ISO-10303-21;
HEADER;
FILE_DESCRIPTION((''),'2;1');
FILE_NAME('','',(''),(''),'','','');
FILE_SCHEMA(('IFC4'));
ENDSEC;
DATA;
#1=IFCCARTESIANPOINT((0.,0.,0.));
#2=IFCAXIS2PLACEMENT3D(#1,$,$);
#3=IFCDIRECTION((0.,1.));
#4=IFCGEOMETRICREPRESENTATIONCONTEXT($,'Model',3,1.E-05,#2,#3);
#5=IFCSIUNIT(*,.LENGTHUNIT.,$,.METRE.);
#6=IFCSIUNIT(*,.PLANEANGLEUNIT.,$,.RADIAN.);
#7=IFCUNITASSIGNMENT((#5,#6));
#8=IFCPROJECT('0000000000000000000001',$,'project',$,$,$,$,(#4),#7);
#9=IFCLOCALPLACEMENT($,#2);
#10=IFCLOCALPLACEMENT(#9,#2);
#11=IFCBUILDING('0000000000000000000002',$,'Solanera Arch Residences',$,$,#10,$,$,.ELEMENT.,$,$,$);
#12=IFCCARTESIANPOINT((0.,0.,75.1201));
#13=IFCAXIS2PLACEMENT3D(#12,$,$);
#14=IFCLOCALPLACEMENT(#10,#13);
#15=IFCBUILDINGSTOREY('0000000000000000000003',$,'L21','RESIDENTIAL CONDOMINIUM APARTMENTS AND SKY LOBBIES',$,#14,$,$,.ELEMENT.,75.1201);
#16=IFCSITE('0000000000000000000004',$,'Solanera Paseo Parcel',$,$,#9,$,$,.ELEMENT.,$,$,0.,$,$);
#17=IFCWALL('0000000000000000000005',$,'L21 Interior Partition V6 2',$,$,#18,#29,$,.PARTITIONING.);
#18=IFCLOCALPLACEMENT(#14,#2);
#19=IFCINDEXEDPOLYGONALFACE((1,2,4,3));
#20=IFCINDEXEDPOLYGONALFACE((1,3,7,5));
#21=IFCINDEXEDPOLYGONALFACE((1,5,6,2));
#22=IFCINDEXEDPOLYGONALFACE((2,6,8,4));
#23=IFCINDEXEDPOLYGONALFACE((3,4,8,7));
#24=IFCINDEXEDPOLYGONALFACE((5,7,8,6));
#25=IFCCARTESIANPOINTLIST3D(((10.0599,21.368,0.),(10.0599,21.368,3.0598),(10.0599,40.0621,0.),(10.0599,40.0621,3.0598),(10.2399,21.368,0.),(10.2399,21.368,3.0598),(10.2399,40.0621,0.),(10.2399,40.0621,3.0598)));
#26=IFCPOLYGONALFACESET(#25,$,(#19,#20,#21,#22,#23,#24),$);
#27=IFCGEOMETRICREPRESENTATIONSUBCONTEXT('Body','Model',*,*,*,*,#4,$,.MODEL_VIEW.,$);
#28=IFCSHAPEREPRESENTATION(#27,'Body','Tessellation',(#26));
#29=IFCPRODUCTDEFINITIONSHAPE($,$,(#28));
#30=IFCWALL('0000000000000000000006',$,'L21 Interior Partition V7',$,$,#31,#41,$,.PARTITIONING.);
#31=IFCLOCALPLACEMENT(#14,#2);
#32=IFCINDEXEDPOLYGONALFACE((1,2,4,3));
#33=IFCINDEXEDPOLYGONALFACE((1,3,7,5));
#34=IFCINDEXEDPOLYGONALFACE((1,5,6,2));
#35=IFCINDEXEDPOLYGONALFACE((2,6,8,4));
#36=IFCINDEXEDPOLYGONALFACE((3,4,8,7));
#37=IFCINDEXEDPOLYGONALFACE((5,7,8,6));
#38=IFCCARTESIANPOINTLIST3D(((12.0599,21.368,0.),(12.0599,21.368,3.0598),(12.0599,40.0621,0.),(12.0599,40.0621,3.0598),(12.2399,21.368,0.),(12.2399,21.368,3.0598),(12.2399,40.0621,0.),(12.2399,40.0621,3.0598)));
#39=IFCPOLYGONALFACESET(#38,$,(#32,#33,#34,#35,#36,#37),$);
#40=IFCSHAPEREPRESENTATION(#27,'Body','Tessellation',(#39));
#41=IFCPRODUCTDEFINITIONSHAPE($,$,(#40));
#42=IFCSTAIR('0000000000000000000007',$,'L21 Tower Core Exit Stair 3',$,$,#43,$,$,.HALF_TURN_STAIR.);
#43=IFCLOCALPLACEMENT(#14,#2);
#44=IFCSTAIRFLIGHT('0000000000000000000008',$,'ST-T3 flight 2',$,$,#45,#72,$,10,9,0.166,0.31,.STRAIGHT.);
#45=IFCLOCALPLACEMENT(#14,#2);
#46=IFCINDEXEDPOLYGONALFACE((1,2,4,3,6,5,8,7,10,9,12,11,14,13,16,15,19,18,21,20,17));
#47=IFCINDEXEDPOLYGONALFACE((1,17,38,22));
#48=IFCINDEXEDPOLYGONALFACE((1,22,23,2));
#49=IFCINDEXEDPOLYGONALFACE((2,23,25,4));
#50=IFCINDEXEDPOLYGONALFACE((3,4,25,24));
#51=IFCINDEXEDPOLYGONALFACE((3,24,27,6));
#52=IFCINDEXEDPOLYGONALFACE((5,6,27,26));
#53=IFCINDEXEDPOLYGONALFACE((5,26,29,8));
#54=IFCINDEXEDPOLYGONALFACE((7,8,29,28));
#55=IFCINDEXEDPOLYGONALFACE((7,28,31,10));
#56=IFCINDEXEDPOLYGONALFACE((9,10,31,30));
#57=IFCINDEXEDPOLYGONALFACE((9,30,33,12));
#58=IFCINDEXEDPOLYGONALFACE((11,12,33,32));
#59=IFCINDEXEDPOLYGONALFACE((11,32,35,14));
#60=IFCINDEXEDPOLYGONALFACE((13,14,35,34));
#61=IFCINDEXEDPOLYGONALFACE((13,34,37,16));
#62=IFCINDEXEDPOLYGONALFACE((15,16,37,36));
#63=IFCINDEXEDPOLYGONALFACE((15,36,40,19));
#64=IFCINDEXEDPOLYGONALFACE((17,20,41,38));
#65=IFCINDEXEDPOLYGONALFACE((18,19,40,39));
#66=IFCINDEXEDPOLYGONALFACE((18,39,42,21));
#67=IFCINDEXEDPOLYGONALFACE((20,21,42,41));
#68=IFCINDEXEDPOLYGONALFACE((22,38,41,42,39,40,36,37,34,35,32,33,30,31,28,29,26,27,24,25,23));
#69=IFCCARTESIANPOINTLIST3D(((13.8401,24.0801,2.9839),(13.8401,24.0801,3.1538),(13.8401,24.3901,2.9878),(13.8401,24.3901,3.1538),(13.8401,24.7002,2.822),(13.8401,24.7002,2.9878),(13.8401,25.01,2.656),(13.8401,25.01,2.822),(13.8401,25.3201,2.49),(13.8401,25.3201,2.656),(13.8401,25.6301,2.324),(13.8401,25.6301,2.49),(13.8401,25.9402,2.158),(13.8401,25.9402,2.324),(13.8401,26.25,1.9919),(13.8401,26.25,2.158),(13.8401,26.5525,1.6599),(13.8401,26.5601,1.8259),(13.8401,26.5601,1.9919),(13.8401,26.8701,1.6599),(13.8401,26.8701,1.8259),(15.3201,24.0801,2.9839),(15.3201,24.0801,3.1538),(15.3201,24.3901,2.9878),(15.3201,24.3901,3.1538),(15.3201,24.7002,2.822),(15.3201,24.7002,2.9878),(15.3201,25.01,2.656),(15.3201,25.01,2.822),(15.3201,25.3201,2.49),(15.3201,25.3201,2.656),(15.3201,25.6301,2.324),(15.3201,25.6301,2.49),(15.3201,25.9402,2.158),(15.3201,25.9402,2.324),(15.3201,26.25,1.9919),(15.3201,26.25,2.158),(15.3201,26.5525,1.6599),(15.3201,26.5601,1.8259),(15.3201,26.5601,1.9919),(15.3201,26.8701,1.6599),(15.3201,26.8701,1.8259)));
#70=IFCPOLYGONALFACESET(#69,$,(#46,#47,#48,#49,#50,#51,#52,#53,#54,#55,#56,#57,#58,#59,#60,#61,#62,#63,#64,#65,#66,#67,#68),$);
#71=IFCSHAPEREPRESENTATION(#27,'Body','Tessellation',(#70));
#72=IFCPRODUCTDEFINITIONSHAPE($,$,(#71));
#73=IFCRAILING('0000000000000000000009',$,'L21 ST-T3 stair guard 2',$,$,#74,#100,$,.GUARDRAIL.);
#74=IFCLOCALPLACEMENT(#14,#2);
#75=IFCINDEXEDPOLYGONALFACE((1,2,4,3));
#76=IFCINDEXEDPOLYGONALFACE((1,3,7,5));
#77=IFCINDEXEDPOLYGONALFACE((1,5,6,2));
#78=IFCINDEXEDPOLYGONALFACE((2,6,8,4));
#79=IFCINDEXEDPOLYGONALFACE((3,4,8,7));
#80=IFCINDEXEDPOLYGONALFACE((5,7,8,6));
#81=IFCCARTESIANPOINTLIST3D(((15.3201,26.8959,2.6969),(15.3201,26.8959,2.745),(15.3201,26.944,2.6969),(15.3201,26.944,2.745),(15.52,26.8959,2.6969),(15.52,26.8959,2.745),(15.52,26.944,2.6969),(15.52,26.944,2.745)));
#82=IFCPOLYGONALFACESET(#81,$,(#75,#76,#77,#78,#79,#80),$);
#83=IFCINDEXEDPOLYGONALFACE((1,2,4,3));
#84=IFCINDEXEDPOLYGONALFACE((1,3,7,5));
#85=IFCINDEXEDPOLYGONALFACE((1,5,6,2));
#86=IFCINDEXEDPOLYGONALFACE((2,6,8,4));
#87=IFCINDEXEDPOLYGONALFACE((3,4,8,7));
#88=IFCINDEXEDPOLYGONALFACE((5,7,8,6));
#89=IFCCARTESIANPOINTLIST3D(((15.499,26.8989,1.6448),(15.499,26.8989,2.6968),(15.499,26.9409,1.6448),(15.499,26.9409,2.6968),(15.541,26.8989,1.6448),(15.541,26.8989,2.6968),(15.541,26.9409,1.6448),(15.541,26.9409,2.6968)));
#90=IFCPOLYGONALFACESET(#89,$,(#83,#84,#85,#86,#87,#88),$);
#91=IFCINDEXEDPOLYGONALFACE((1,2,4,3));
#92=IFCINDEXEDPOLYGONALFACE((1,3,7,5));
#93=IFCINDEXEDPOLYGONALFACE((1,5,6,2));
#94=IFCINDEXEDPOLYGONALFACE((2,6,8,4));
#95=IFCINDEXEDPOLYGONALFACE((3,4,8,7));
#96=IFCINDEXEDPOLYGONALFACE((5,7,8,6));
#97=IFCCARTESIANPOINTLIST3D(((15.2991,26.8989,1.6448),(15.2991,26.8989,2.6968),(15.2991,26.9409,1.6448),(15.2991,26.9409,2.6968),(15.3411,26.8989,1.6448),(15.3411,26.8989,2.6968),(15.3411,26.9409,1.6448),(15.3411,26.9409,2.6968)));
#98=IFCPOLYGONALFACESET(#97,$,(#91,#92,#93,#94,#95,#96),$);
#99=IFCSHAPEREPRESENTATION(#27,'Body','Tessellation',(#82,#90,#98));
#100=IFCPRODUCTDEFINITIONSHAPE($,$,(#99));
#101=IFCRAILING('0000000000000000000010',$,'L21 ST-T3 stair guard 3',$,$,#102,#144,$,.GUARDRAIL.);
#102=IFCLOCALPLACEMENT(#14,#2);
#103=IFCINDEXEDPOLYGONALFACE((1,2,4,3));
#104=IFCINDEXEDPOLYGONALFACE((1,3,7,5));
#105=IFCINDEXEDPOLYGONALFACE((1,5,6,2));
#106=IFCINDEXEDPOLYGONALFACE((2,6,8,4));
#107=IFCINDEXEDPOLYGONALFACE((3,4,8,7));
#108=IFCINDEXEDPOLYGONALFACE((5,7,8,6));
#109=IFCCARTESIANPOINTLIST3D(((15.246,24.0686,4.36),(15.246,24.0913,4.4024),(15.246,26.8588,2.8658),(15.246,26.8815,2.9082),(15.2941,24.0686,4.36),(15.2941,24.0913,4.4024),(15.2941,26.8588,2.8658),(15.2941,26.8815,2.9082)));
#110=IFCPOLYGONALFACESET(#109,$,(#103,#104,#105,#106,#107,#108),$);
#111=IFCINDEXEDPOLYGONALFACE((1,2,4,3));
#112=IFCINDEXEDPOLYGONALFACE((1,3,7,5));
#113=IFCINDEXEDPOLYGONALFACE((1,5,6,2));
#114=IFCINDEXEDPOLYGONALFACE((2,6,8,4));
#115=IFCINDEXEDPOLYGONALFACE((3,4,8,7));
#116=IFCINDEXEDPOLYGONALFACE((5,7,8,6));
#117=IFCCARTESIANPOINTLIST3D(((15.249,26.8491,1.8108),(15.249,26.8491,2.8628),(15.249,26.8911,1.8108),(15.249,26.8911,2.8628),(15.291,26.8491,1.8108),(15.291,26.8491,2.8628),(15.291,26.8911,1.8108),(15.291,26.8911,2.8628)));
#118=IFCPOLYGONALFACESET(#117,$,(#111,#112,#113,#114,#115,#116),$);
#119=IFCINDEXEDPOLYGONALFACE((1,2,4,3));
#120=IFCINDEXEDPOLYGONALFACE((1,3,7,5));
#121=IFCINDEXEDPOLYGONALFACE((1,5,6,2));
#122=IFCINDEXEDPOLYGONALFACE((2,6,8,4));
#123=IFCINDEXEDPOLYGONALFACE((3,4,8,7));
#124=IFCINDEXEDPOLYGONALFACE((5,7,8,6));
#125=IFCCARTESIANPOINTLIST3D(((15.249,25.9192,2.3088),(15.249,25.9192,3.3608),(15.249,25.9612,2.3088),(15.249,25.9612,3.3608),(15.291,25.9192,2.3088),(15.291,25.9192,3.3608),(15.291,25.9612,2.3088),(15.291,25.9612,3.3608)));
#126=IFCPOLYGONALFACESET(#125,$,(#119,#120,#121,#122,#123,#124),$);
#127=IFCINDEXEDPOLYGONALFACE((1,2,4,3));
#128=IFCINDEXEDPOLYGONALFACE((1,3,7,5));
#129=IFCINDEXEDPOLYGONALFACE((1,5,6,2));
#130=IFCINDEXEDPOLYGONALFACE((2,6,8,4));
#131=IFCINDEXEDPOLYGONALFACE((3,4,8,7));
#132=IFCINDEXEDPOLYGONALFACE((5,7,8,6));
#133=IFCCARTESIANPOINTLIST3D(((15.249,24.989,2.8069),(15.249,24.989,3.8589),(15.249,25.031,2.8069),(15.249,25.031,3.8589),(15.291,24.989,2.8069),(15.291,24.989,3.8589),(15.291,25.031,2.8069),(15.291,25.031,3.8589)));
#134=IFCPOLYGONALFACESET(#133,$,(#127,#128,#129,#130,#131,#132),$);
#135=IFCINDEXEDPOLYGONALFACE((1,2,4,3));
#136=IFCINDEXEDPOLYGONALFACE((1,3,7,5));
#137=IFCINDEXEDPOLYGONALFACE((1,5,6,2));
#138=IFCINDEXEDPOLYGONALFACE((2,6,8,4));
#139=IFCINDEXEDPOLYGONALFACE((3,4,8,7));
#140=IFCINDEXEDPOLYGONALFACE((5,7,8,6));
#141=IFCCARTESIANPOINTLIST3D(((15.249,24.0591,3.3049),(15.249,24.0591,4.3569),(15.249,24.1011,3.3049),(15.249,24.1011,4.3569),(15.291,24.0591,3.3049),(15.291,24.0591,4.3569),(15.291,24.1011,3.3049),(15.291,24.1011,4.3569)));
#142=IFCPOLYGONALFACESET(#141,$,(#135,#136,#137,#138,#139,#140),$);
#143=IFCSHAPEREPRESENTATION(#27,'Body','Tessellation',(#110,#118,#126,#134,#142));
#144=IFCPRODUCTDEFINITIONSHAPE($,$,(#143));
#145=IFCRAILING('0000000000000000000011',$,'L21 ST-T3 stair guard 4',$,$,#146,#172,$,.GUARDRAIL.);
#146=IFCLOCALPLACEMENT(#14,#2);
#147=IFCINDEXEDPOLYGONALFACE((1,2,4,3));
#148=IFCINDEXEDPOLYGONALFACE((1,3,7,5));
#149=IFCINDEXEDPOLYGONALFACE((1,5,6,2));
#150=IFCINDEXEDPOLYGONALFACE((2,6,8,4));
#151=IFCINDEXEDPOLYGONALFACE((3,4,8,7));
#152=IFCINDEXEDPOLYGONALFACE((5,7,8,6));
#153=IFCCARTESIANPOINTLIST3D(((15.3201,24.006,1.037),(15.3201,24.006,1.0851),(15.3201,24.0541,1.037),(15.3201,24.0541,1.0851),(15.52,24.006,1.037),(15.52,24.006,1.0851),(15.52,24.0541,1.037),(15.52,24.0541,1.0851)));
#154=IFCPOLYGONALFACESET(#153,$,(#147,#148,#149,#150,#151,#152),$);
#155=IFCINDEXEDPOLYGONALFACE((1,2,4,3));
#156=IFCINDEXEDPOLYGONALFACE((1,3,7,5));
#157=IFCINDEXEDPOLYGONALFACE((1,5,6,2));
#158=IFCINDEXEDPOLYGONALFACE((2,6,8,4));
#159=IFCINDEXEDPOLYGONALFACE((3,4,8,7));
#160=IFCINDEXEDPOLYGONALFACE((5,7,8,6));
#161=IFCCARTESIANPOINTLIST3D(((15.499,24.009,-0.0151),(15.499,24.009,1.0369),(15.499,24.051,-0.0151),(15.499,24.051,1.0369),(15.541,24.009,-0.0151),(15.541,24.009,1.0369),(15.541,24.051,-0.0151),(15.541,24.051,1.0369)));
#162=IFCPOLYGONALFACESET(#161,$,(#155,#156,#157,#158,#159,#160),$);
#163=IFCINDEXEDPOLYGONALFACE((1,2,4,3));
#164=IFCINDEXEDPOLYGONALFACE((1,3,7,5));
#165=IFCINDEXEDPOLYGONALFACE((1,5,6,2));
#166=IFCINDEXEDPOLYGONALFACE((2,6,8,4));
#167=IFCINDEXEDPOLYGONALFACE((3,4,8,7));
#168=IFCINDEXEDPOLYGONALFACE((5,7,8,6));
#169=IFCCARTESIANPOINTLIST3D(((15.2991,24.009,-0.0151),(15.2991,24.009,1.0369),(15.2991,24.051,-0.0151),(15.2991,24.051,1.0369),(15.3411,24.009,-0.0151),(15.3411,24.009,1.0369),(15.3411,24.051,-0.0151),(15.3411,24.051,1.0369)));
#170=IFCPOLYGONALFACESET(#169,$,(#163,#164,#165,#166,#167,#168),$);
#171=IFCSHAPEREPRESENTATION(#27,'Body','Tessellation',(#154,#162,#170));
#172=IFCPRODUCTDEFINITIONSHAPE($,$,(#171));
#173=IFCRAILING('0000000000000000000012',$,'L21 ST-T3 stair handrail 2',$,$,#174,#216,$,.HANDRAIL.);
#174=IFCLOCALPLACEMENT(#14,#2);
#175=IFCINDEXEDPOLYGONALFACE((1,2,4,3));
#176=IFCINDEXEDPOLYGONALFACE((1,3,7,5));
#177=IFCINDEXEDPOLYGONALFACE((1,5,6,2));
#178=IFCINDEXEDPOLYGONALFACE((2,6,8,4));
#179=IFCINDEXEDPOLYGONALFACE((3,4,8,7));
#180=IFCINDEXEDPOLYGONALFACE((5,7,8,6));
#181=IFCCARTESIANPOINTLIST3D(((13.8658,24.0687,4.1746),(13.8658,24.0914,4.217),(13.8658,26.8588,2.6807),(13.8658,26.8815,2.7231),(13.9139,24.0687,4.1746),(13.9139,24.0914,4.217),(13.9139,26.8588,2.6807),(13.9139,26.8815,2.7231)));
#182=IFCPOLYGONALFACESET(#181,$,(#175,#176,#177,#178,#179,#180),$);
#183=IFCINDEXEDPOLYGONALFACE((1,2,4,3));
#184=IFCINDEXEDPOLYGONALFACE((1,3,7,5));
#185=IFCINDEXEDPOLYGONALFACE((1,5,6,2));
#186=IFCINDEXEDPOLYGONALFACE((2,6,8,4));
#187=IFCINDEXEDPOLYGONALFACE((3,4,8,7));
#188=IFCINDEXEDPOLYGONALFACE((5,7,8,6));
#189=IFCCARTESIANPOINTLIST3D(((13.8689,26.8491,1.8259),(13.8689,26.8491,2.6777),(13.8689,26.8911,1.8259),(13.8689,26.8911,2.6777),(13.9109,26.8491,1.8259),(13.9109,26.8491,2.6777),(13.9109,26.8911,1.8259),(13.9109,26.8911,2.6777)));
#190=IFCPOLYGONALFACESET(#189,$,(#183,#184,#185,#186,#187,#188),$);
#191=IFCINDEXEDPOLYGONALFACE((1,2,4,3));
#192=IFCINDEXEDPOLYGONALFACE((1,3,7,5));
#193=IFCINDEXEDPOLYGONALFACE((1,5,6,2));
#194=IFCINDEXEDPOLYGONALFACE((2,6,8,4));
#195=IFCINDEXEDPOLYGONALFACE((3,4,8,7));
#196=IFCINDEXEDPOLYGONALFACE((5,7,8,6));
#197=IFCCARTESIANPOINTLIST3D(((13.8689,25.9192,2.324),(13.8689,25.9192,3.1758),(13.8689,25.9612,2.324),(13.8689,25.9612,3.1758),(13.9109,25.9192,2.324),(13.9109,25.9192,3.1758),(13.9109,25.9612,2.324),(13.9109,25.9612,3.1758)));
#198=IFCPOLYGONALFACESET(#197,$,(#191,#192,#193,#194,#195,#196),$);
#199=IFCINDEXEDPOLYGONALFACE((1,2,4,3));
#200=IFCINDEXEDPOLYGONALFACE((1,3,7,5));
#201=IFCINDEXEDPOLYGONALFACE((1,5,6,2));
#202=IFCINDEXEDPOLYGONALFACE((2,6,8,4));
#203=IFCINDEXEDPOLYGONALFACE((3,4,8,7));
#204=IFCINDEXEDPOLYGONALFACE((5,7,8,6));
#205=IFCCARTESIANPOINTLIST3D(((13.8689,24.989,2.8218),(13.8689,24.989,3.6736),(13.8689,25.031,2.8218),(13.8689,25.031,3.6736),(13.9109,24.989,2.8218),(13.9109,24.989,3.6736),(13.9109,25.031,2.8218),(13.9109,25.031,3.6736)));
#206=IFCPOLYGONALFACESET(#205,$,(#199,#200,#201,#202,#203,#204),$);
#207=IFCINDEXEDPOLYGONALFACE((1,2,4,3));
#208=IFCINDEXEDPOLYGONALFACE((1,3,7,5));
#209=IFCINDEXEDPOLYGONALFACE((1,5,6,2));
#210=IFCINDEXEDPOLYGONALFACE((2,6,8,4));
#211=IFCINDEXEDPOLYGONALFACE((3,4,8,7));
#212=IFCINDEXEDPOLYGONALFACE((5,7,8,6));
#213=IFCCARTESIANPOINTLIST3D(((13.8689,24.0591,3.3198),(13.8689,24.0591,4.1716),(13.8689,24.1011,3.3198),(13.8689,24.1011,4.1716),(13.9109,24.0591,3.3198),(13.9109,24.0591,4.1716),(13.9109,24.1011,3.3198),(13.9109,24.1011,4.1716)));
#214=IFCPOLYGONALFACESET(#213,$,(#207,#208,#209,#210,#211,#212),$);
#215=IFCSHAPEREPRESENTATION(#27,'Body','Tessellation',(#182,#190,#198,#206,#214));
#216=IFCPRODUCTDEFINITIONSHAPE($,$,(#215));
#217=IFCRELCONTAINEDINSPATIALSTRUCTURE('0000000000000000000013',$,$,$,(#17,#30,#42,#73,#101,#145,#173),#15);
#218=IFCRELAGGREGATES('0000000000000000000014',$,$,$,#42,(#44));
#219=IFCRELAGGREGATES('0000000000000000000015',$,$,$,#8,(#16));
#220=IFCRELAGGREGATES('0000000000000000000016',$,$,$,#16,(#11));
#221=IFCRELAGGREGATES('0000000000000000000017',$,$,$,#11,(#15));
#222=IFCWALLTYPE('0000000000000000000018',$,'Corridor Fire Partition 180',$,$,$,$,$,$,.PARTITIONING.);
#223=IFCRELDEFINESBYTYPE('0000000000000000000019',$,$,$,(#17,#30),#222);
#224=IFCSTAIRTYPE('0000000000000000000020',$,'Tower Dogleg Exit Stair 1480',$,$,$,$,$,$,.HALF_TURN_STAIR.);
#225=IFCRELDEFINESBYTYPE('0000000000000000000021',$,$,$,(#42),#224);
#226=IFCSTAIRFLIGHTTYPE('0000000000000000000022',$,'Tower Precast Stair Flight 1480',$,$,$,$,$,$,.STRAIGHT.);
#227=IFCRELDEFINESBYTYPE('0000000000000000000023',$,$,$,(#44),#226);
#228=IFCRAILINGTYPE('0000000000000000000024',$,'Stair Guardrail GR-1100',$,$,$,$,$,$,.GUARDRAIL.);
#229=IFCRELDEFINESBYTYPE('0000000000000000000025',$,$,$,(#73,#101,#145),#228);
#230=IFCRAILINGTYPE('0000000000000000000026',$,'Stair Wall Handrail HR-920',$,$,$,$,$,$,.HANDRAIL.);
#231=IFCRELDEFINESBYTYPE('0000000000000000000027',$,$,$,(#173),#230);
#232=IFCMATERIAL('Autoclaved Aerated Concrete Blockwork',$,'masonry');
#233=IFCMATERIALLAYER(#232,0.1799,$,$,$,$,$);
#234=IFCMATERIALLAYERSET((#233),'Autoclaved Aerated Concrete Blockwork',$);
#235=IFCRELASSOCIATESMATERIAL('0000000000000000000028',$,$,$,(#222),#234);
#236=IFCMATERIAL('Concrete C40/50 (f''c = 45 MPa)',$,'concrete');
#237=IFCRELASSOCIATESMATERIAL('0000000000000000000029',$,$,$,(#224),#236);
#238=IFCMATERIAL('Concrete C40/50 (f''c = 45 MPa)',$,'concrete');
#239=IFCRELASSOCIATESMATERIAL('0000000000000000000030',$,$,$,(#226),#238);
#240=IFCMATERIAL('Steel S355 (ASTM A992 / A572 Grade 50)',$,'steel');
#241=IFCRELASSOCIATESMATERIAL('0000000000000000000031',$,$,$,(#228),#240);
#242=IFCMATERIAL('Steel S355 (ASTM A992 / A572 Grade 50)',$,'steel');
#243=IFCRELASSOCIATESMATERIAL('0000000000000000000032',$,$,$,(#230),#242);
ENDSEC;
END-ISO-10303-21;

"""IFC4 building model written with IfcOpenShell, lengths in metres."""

from ifc_helpers import new_model, si_unit, direction, frame, frame_2d, origin, origin_2d, place, context, subcontext, project, spatial, polyline, rectangle, outline, extrude, material, layer, layer_set, type_object, element, aggregate, save


model = new_model("IFC4")

# Units and contexts
model_context = context("Model", 3, precision=1e-05, world=origin(), true_north=direction((0.0, 1.0)))
body_context = subcontext(model_context, "Body", "Model", "MODEL_VIEW")
ifc_project = project(units=[si_unit("LENGTHUNIT", "METRE"), si_unit("PLANEANGLEUNIT", "RADIAN")], contexts=[model_context])

# Site, building, storey
site_placement = place(None, origin())
site = spatial("IfcSite", under=ifc_project, at=site_placement, Name="Solanera Paseo Parcel", CompositionType="ELEMENT", RefElevation=0.0)
building_placement = place(site_placement, origin())
building = spatial("IfcBuilding", under=site, at=building_placement, Name="Solanera Arch Residences", CompositionType="ELEMENT")
storey_placement = place(building_placement, frame((0.0, 0.0, 75.1201)))
storey = spatial("IfcBuildingStorey", under=building, at=storey_placement, Name="L21", Description="RESIDENTIAL CONDOMINIUM APARTMENTS AND SKY LOBBIES", CompositionType="ELEMENT", Elevation=75.1201)

# Walls
ifc_material_1 = material(Name="Autoclaved Aerated Concrete Blockwork", Category="masonry")
ifc_layer_1 = layer(ifc_material_1, 0.1799)
ifc_layer_set_1 = layer_set([ifc_layer_1], Name="Autoclaved Aerated Concrete Blockwork")
wall_type_1 = type_object("IfcWallType", Name="Corridor Fire Partition 180", PredefinedType="PARTITIONING", material=ifc_layer_set_1)
for number, where, z_axis, x_axis, name in (
    (1, (10.1499, 21.3679, 0.0), (0.0, 0.0, 1.0), (0.0, 1.0, 0.0), "L21 Interior Partition V6 2"),
    (2, (12.1499, 21.3679, 0.0), (0.0, 0.0, 1.0), (0.0, 1.0, 0.0), "L21 Interior Partition V7"),
):
    element("IfcWall", number, at=place(storey_placement, frame(where, z_axis=z_axis, x_axis=x_axis)), inside=storey, type_object=wall_type_1, Name=name, PredefinedType="PARTITIONING", context=body_context, shape_type="SweptSolid", body=[
        extrude(rectangle(XDim=18.6941, YDim=0.1799, at=frame_2d((9.3472, 0.0))), origin(), (0.0, 0.0, 1.0), 3.0598),
    ])

# Stair, stair flight
ifc_material_2 = material(Name="Concrete C40/50 (f'c = 45 MPa)", Category="concrete")
stair_type = type_object("IfcStairType", Name="Tower Dogleg Exit Stair 1480", PredefinedType="HALF_TURN_STAIR", material=ifc_material_2)
stair_placement = place(storey_placement, origin())
stair = element("IfcStair", 3, at=stair_placement, inside=storey, type_object=stair_type, Name="L21 Tower Core Exit Stair 3", PredefinedType="HALF_TURN_STAIR")
ifc_material_3 = material(Name="Concrete C40/50 (f'c = 45 MPa)", Category="concrete")
stair_flight_type = type_object("IfcStairFlightType", Name="Tower Precast Stair Flight 1480", PredefinedType="STRAIGHT", material=ifc_material_3)
stair_flight_placement = place(storey_placement, frame((14.5801, 26.8701, 1.6599), z_axis=(0.0, 0.0, 1.0), x_axis=(0.0, -1.0, 0.0)))
stair_flight = element("IfcStairFlight", 4, at=stair_flight_placement, type_object=stair_flight_type, Name="ST-T3 flight 2", NumberOfRisers=10, NumberOfTreads=9, PredefinedType="STRAIGHT", RiserHeight=0.166, TreadLength=0.31, context=body_context, shape_type="SweptSolid", body=[
    extrude(outline(polyline([(0.0, 0.0), (0.0, 0.166), (0.3101, 0.166), (0.3101, 0.332), (0.6201, 0.332), (0.6201, 0.498), (0.9299, 0.498), (0.9299, 0.6641), (1.24, 0.6641), (1.24, 0.8301), (1.55, 0.8301), (1.55, 0.9961), (1.8601, 0.9961), (1.8601, 1.1621), (2.1699, 1.1621), (2.1699, 1.3279), (2.48, 1.3279), (2.48, 1.4939), (2.79, 1.4939), (2.79, 1.6599), (2.79, 1.324), (0.3176, 0.0), (0.0, 0.0)])), frame((0.0, 0.74, 0.0), z_axis=(0.0, -1.0, 0.0), x_axis=(1.0, 0.0, 0.0)), (0.0, 0.0, 1.0), 1.48),
])
aggregate(stair, [stair_flight])

# Railings
ifc_material_4 = material(Name="Steel S355 (ASTM A992 / A572 Grade 50)", Category="steel")
railing_type_1 = type_object("IfcRailingType", Name="Stair Guardrail GR-1100", PredefinedType="GUARDRAIL", material=ifc_material_4)
railing_1_placement = place(storey_placement, frame((15.52, 26.9199, 1.6448)))
element("IfcRailing", 5, at=railing_1_placement, inside=storey, type_object=railing_type_1, Name="L21 ST-T3 stair guard 2", PredefinedType="GUARDRAIL", context=body_context, shape_type="SweptSolid", body=[
    extrude(rectangle(XDim=0.0481, YDim=0.0481, at=origin_2d()), frame((0.0, 0.0, 1.0762), z_axis=(-1.0, 0.0, 0.0), x_axis=(0.0, -1.0, 0.0)), (0.0, 0.0, 1.0), 0.2),
    extrude(rectangle(XDim=0.042, YDim=0.042, at=origin_2d()), origin(), (0.0, 0.0, 1.0), 1.052),
    extrude(rectangle(XDim=0.042, YDim=0.042, at=origin_2d()), frame((-0.2, 0.0, 0.0)), (0.0, 0.0, 1.0), 1.052),
])
railing_2_placement = place(storey_placement, frame((15.27, 26.8701, 1.8108)))
element("IfcRailing", 6, at=railing_2_placement, inside=storey, type_object=railing_type_1, Name="L21 ST-T3 stair guard 3", PredefinedType="GUARDRAIL", context=body_context, shape_type="SweptSolid", body=[
    extrude(rectangle(XDim=0.0481, YDim=0.0481, at=origin_2d()), frame((0.0, 0.0, 1.0762), z_axis=(0.0, -0.881549, 0.472093), x_axis=(1.0, 0.0, 0.0)), (0.0, 0.0, 1.0), 3.165),
    extrude(rectangle(XDim=0.042, YDim=0.042, at=origin_2d()), origin(), (0.0, 0.0, 1.0), 1.052),
    extrude(rectangle(XDim=0.042, YDim=0.042, at=origin_2d()), frame((0.0, -0.9299, 0.498)), (0.0, 0.0, 1.0), 1.052),
    extrude(rectangle(XDim=0.042, YDim=0.042, at=origin_2d()), frame((0.0, -1.8601, 0.9961)), (0.0, 0.0, 1.0), 1.052),
    extrude(rectangle(XDim=0.042, YDim=0.042, at=origin_2d()), frame((0.0, -2.79, 1.4941)), (0.0, 0.0, 1.0), 1.052),
])
railing_3_placement = place(storey_placement, frame((15.52, 24.03, -0.0151)))
element("IfcRailing", 7, at=railing_3_placement, inside=storey, type_object=railing_type_1, Name="L21 ST-T3 stair guard 4", PredefinedType="GUARDRAIL", context=body_context, shape_type="SweptSolid", body=[
    extrude(rectangle(XDim=0.0481, YDim=0.0481, at=origin_2d()), frame((0.0, 0.0, 1.0762), z_axis=(-1.0, 0.0, 0.0), x_axis=(0.0, -1.0, 0.0)), (0.0, 0.0, 1.0), 0.2),
    extrude(rectangle(XDim=0.042, YDim=0.042, at=origin_2d()), origin(), (0.0, 0.0, 1.0), 1.052),
    extrude(rectangle(XDim=0.042, YDim=0.042, at=origin_2d()), frame((-0.2, 0.0, 0.0)), (0.0, 0.0, 1.0), 1.052),
])
ifc_material_5 = material(Name="Steel S355 (ASTM A992 / A572 Grade 50)", Category="steel")
railing_type_2 = type_object("IfcRailingType", Name="Stair Wall Handrail HR-920", PredefinedType="HANDRAIL", material=ifc_material_5)
railing_4_placement = place(storey_placement, frame((13.8899, 26.8701, 1.8259)))
element("IfcRailing", 8, at=railing_4_placement, inside=storey, type_object=railing_type_2, Name="L21 ST-T3 stair handrail 2", PredefinedType="HANDRAIL", context=body_context, shape_type="SweptSolid", body=[
    extrude(rectangle(XDim=0.0481, YDim=0.0481, at=origin_2d()), frame((0.0, 0.0, 0.876), z_axis=(0.0, -0.881581, 0.472033), x_axis=(1.0, 0.0, 0.0)), (0.0, 0.0, 1.0), 3.1648),
    extrude(rectangle(XDim=0.042, YDim=0.042, at=origin_2d()), origin(), (0.0, 0.0, 1.0), 0.8518),
    extrude(rectangle(XDim=0.042, YDim=0.042, at=origin_2d()), frame((0.0, -0.9299, 0.498)), (0.0, 0.0, 1.0), 0.8518),
    extrude(rectangle(XDim=0.042, YDim=0.042, at=origin_2d()), frame((0.0, -1.8601, 0.9958)), (0.0, 0.0, 1.0), 0.8518),
    extrude(rectangle(XDim=0.042, YDim=0.042, at=origin_2d()), frame((0.0, -2.79, 1.4939)), (0.0, 0.0, 1.0), 0.8518),
])

save(model, "model.ifc")
